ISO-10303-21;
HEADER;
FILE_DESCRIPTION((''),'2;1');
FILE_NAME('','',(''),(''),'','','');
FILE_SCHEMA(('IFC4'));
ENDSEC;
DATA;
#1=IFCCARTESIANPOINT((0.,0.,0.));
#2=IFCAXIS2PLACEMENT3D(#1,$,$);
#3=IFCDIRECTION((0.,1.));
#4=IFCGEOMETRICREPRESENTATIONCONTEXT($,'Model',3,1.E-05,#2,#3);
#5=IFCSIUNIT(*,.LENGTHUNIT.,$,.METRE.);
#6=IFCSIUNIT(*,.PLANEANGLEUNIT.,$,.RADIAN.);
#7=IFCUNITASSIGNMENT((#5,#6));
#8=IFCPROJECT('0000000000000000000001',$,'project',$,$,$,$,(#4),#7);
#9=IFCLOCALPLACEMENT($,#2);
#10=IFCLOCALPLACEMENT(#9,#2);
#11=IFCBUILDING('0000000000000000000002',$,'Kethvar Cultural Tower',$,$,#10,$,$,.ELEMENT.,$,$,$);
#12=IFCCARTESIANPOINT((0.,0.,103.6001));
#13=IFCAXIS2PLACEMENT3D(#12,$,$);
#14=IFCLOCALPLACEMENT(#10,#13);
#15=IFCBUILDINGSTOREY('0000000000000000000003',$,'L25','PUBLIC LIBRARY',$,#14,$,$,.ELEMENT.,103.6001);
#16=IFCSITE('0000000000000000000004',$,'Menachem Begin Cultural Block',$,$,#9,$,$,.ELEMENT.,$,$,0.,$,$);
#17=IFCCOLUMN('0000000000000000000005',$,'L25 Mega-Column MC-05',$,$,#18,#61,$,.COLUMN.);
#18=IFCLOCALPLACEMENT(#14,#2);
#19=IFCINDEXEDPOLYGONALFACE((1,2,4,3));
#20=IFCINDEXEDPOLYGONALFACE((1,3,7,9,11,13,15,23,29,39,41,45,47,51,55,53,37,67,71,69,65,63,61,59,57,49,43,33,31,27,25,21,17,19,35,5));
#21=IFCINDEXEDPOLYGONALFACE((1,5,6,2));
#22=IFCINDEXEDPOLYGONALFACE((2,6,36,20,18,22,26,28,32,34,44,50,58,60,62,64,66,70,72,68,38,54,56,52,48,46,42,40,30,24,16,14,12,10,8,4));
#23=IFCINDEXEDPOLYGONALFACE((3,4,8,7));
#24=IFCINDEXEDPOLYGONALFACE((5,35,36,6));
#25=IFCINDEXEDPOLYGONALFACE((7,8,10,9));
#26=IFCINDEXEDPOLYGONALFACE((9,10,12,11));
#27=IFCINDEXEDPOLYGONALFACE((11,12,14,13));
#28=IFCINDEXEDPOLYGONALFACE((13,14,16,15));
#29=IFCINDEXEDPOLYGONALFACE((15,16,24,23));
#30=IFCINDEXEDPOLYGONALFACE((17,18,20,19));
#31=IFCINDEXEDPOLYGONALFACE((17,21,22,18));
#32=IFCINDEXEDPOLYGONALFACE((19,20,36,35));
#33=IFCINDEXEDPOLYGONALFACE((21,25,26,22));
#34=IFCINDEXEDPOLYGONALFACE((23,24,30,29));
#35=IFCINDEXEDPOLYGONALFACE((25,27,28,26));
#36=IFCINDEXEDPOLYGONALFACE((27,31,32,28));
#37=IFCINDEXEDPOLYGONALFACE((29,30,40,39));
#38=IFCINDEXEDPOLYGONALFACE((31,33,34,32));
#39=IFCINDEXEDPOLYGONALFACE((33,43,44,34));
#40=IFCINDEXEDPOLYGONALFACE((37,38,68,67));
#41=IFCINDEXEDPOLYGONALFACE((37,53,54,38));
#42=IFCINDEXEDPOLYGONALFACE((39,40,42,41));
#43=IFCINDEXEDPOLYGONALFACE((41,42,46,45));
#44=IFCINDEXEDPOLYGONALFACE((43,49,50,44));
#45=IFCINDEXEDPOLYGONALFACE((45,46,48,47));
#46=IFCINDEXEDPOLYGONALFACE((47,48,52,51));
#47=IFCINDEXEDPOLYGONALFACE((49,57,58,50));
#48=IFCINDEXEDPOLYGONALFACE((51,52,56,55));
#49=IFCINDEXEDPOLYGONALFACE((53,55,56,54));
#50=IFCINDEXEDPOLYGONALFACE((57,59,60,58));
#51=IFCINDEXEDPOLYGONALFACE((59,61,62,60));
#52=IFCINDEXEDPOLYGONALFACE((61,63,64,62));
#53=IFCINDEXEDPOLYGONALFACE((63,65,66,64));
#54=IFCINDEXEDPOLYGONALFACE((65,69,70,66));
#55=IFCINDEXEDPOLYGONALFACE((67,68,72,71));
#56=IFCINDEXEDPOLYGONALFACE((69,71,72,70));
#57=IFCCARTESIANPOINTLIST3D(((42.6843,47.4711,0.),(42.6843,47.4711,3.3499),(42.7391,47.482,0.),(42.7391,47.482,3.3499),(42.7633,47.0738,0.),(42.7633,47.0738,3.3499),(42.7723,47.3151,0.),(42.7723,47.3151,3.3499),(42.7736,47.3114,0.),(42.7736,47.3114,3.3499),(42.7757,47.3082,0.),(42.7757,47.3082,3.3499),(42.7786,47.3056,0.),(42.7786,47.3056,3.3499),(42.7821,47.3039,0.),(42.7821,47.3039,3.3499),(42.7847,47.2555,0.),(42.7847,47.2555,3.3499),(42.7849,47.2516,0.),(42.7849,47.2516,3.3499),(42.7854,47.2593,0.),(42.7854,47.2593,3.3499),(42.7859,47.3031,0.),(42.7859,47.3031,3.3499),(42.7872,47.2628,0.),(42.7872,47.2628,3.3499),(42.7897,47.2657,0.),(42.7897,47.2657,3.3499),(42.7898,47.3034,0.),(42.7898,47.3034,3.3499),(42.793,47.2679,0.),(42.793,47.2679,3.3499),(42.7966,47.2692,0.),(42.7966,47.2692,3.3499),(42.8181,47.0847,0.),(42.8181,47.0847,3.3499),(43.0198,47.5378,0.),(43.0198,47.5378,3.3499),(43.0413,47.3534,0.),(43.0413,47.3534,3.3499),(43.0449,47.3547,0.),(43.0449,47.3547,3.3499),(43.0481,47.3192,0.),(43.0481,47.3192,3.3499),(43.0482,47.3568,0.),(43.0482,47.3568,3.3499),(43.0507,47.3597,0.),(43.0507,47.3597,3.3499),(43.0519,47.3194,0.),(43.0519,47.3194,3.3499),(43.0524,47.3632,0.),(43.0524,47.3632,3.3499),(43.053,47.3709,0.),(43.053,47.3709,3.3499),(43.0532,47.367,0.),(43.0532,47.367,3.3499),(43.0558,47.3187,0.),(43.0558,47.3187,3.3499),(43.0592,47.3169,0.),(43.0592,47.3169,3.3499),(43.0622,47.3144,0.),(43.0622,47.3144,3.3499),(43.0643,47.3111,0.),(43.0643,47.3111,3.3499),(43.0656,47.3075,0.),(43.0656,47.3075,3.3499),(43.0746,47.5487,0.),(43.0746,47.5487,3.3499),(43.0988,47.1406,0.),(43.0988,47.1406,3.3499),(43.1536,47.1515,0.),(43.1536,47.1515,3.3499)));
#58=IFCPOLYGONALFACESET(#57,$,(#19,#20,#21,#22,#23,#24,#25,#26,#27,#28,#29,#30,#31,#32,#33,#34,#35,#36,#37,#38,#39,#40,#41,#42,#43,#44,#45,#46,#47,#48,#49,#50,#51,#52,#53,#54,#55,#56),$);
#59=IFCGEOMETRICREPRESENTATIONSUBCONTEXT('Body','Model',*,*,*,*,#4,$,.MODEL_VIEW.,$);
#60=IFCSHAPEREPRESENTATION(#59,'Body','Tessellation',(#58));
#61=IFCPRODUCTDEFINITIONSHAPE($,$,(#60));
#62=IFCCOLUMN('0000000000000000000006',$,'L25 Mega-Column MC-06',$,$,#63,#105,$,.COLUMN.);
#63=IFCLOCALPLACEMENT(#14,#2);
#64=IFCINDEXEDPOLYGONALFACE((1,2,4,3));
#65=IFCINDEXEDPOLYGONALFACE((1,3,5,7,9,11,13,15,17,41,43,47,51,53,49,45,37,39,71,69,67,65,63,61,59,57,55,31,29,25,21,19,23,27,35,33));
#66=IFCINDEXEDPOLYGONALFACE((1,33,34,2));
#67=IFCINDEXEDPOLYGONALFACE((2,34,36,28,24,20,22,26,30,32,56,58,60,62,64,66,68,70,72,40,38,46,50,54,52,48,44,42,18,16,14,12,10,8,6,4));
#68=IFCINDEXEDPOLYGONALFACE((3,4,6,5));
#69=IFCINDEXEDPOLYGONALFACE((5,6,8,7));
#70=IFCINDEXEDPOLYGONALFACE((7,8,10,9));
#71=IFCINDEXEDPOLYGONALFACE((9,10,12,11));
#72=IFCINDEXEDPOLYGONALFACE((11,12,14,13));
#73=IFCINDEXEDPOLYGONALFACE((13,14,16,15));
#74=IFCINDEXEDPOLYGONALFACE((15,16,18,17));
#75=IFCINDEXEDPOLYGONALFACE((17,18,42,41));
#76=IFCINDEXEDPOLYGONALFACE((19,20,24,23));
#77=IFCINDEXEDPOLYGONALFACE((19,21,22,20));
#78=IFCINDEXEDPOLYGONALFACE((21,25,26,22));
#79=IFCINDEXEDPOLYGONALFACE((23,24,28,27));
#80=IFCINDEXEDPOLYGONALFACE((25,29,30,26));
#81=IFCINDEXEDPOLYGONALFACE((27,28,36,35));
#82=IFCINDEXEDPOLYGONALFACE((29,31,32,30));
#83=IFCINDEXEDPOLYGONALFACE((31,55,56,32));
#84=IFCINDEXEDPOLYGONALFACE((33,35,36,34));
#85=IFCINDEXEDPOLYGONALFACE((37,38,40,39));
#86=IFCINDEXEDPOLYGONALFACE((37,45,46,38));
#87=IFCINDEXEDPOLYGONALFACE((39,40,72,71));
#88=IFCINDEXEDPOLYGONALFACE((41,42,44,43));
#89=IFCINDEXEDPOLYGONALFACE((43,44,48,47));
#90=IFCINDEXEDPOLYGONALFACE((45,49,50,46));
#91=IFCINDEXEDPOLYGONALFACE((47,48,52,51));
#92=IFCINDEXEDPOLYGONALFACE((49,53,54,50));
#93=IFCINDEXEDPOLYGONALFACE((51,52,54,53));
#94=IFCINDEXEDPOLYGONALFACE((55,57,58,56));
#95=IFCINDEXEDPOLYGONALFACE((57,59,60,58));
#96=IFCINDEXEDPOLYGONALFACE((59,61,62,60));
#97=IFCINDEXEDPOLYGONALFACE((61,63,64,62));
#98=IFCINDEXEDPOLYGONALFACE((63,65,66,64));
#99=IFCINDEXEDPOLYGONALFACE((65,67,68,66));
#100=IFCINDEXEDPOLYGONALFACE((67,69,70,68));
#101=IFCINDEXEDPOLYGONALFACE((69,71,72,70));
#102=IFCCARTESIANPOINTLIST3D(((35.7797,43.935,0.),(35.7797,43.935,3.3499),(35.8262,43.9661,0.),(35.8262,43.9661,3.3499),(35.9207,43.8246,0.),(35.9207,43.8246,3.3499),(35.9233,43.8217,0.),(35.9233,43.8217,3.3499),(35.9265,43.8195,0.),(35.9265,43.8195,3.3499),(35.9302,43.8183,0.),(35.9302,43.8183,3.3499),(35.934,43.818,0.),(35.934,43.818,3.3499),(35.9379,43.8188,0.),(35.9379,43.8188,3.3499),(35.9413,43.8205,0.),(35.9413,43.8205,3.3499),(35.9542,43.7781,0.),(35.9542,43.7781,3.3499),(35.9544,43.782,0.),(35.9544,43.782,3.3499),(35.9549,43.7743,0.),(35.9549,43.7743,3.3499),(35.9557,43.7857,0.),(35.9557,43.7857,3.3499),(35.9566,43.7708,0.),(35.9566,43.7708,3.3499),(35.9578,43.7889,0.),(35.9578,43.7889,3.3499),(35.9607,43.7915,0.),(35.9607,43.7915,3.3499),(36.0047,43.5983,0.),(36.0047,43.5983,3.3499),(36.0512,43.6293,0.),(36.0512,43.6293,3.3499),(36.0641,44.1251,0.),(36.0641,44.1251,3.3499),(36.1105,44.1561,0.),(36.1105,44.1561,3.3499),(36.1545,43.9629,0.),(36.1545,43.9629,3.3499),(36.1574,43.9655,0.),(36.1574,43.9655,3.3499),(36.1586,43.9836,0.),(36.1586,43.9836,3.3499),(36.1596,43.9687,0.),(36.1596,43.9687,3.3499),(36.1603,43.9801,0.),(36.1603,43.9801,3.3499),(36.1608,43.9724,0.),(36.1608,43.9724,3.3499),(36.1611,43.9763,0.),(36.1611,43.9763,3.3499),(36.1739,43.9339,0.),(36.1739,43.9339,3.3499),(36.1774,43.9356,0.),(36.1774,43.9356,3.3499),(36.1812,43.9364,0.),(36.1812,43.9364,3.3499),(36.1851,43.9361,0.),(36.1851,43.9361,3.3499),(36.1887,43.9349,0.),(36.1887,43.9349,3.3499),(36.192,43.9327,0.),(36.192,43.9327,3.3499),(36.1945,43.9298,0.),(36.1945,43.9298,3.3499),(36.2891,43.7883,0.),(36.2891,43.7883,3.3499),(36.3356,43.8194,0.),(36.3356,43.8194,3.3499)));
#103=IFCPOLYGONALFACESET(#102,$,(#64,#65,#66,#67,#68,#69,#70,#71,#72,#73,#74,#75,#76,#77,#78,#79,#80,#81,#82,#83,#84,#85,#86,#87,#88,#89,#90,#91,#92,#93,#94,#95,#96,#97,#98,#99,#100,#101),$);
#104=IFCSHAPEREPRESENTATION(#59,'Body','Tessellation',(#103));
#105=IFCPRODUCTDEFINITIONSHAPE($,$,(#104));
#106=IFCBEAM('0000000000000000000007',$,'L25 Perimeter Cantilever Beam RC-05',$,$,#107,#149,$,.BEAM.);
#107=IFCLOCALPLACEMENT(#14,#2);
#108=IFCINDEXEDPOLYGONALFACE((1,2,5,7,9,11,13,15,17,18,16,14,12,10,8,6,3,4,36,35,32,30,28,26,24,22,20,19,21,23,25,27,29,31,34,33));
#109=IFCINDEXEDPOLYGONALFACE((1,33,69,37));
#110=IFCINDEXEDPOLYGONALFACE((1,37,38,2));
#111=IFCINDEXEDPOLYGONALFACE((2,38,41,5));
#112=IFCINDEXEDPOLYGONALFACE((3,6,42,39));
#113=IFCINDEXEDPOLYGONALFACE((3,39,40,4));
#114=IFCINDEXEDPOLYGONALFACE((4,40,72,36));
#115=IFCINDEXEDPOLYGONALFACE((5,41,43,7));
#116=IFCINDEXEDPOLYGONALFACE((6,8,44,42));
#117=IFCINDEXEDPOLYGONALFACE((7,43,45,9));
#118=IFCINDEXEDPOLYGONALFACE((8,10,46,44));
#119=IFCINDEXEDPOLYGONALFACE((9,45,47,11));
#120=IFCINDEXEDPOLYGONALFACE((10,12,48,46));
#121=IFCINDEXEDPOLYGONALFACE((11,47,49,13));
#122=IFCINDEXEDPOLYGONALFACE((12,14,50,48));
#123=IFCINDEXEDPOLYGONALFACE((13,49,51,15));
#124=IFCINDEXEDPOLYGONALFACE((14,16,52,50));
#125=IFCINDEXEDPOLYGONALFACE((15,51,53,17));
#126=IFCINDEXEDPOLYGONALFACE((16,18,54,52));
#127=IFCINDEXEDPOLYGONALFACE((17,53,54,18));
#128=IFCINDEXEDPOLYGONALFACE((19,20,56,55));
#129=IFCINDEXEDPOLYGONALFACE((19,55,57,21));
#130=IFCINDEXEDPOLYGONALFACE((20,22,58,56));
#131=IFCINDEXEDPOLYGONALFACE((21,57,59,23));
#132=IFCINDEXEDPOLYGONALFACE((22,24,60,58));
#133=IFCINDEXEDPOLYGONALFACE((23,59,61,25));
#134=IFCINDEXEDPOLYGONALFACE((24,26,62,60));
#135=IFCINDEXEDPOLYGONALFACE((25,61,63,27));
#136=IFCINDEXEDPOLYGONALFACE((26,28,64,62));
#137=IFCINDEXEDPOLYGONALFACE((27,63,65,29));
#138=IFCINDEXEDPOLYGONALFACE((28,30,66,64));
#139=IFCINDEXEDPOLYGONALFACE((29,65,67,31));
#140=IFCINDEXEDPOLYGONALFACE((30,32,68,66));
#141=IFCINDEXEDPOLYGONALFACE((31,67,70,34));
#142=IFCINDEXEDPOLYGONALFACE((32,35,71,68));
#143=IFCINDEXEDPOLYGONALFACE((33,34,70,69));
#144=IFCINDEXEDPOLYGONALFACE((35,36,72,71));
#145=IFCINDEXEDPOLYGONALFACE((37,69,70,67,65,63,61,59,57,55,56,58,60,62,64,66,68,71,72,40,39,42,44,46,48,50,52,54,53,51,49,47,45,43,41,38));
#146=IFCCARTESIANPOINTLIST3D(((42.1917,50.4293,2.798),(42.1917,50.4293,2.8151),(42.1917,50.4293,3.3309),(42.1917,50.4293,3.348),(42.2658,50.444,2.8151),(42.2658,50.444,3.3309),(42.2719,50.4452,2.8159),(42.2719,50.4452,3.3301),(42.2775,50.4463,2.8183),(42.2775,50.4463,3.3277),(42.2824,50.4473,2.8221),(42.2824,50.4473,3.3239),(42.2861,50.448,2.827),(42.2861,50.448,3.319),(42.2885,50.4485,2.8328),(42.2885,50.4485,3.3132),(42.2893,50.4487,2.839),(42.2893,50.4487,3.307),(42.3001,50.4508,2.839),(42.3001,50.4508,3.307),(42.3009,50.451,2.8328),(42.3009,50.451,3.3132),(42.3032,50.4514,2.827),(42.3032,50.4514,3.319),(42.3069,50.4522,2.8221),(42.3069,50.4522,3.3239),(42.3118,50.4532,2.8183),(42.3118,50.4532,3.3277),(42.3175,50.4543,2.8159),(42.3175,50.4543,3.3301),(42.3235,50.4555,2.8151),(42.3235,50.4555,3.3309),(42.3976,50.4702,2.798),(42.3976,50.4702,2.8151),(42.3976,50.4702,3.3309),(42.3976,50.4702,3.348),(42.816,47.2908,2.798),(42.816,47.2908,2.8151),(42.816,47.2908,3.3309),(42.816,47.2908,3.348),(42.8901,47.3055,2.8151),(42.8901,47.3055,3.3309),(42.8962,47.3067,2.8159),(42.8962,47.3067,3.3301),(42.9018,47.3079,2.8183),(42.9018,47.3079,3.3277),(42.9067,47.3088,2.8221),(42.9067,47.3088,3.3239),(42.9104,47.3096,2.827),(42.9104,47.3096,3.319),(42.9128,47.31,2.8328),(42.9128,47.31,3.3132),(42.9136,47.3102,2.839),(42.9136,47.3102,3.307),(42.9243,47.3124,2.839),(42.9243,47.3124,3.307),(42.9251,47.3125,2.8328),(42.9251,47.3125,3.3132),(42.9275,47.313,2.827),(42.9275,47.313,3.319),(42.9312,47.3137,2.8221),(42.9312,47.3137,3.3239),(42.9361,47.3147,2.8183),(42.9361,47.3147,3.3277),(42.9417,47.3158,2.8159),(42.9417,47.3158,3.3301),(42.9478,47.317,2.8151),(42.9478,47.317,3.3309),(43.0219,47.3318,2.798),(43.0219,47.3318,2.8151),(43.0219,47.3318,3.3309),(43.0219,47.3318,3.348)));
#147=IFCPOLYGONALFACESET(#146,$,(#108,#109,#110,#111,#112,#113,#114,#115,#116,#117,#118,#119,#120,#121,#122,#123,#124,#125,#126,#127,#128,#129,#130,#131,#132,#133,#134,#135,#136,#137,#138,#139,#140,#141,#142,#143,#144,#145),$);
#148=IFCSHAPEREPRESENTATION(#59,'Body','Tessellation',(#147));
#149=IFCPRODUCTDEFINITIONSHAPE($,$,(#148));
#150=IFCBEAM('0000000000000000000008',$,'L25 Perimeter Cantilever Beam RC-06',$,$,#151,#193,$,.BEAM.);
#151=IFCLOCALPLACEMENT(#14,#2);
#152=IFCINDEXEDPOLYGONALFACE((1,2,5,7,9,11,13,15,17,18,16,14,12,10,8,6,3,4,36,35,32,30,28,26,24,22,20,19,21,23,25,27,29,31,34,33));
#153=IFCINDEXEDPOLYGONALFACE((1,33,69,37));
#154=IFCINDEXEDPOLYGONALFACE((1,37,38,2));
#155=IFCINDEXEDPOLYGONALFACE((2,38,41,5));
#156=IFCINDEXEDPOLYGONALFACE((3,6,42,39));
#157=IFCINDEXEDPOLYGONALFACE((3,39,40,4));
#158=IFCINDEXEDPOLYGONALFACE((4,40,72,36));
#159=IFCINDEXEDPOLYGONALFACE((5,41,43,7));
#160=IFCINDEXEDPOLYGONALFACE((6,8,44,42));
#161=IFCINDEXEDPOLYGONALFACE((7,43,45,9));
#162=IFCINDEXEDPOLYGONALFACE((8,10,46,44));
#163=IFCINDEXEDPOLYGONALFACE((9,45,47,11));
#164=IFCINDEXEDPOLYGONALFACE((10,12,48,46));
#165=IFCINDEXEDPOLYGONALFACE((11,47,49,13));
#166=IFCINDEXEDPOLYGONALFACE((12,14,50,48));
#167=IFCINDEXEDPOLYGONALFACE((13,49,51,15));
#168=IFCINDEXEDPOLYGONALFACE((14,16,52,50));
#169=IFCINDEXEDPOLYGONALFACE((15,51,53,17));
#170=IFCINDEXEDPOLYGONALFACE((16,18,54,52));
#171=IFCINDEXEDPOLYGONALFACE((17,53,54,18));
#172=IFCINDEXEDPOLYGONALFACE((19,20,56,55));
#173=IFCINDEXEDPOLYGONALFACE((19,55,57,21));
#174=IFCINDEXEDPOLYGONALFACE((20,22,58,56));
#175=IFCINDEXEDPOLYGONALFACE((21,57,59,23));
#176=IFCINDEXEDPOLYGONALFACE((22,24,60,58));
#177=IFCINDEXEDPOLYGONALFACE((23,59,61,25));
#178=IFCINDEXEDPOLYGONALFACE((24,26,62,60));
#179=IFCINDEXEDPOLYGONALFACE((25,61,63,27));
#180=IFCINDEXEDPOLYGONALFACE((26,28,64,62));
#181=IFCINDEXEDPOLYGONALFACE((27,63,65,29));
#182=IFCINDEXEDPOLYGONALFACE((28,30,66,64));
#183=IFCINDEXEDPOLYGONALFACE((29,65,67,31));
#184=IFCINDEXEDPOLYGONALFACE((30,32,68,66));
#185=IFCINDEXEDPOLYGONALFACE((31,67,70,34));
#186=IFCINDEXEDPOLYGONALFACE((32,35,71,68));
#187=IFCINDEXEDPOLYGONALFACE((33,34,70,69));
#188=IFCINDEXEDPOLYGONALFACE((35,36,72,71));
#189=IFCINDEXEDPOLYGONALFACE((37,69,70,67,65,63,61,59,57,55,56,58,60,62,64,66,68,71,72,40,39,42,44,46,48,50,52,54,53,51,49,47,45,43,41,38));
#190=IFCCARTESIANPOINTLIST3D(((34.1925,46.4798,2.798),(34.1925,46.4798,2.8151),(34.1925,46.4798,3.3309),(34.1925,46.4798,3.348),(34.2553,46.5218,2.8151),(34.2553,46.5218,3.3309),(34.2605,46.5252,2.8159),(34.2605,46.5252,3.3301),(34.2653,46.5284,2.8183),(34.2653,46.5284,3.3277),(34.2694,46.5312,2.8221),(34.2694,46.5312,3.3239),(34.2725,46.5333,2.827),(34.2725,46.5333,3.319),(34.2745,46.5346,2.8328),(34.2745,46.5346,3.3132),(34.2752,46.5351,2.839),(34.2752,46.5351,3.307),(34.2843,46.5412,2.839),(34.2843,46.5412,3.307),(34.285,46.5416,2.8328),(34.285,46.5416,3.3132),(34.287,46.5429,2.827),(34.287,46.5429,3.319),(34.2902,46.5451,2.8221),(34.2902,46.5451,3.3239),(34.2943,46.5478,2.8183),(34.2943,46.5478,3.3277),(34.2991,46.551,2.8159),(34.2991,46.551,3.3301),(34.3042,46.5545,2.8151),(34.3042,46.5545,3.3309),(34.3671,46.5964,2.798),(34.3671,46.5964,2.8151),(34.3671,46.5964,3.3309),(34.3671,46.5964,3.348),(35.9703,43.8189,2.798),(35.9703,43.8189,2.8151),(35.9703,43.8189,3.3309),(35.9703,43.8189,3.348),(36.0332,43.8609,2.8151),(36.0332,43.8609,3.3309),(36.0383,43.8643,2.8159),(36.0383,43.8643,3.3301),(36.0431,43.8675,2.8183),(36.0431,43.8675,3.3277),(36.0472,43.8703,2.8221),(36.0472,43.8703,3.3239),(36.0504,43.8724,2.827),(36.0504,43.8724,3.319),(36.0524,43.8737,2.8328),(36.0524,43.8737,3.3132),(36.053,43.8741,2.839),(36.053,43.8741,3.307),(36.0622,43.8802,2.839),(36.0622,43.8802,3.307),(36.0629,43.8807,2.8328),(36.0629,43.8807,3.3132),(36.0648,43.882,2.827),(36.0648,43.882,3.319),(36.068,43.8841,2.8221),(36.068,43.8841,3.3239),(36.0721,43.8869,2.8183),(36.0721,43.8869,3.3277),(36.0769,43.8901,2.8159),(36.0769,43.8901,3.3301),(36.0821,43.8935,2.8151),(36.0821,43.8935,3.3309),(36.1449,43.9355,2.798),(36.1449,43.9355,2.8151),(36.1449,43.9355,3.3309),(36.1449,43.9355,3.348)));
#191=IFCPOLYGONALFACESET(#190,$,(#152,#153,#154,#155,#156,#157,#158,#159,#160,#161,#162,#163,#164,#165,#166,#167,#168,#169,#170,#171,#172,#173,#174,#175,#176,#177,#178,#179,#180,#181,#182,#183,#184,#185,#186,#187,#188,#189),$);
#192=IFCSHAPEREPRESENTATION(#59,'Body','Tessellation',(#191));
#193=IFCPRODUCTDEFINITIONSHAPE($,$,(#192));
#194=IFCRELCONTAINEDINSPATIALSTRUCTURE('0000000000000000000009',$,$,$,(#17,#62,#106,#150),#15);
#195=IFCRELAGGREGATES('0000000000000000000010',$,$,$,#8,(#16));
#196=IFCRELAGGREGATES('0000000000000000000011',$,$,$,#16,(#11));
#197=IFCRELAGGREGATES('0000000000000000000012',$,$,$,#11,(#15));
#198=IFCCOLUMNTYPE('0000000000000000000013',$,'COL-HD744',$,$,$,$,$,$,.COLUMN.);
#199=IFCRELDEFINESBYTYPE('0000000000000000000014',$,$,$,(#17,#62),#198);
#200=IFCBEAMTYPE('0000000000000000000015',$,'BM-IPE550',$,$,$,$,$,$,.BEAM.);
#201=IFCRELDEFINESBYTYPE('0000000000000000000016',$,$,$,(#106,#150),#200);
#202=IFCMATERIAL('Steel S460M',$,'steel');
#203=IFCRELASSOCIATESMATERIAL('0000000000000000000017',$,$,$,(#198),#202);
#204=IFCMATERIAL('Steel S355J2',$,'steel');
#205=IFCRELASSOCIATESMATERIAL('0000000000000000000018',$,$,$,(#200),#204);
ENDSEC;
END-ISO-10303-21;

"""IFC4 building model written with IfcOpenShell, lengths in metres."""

from ifc_helpers import new_model, si_unit, direction, frame, origin, origin_2d, place, context, subcontext, project, spatial, i_section, extrude, source, transform, mapped, material, material_profile, profile_set, type_object, element, save


model = new_model("IFC4")

# Units and contexts
model_context = context("Model", 3, precision=1e-05, world=origin(), true_north=direction((0.0, 1.0)))
body_context = subcontext(model_context, "Body", "Model", "MODEL_VIEW")
ifc_project = project(units=[si_unit("LENGTHUNIT", "METRE"), si_unit("PLANEANGLEUNIT", "RADIAN")], contexts=[model_context])

# Site, building, storey
site_placement = place(None, origin())
site = spatial("IfcSite", under=ifc_project, at=site_placement, Name="Menachem Begin Cultural Block", CompositionType="ELEMENT", RefElevation=0.0)
building_placement = place(site_placement, origin())
building = spatial("IfcBuilding", under=site, at=building_placement, Name="Kethvar Cultural Tower", CompositionType="ELEMENT")
storey_placement = place(building_placement, frame((0.0, 0.0, 103.6001)))
storey = spatial("IfcBuildingStorey", under=building, at=storey_placement, Name="L25", Description="PUBLIC LIBRARY", CompositionType="ELEMENT", Elevation=103.6001)

# Columns
ifc_material_1 = material(Name="Steel S460M", Category="steel")
ifc_material_profile_1 = material_profile(ifc_material_1, i_section(OverallWidth=0.405, OverallDepth=0.3979, WebThickness=0.0349, FlangeThickness=0.0559, FilletRadius=0.0149, at=origin_2d()), Name="Steel S460M — HD400x744")
ifc_profile_set_1 = profile_set([ifc_material_profile_1], Name="Steel S460M — HD400x744")
column_type = type_object("IfcColumnType", Name="COL-HD744", PredefinedType="COLUMN", material=ifc_profile_set_1)
shared_shape_1 = source(origin(), body_context, "Body", "SweptSolid", [
    extrude(i_section(OverallWidth=0.405, OverallDepth=0.3979, WebThickness=0.0349, FlangeThickness=0.0559, FilletRadius=0.0149, at=origin_2d()), origin(), (0.0, 0.0, 1.0), 3.3499),
])
for number, where, z_axis, x_axis, name in (
    (1, (42.9189, 47.3113, 0.0), (0.0, 0.0, 1.0), (-0.19509, 0.980785, 0.0), "L25 Mega-Column MC-05"),
    (2, (36.0576, 43.8772, 0.0), (0.0, 0.0, 1.0), (-0.55557, 0.83147, 0.0), "L25 Mega-Column MC-06"),
):
    element("IfcColumn", number, at=place(storey_placement, frame(where, z_axis=z_axis, x_axis=x_axis)), inside=storey, type_object=column_type, Name=name, PredefinedType="COLUMN", context=body_context, shape_type="MappedRepresentation", body=[
        mapped(shared_shape_1, transform((0.0, 0.0, 0.0), scale=1.0)),
    ])

# Beams
ifc_material_2 = material(Name="Steel S355J2", Category="steel")
ifc_material_profile_2 = material_profile(ifc_material_2, i_section(OverallWidth=0.21, OverallDepth=0.55, WebThickness=0.011, FlangeThickness=0.0171, FilletRadius=0.0239, at=origin_2d()), Name="Steel S355J2 — IPE550")
ifc_profile_set_2 = profile_set([ifc_material_profile_2], Name="Steel S355J2 — IPE550")
beam_type_1 = type_object("IfcBeamType", Name="BM-IPE550", PredefinedType="BEAM", material=ifc_profile_set_2)
shared_shape_2 = source(origin(), body_context, "Body", "SweptSolid", [
    extrude(i_section(OverallWidth=0.21, OverallDepth=0.55, WebThickness=0.011, FlangeThickness=0.0171, FilletRadius=0.0239, at=origin_2d()), origin(), (0.0, 0.0, 1.0), 3.2),
])
beam_1_placement = place(storey_placement, frame((42.9189, 47.3113, 3.073), z_axis=(-0.195089, 0.980786, 0.0), x_axis=(-0.980786, -0.195089, 0.0)))
element("IfcBeam", 3, at=beam_1_placement, inside=storey, type_object=beam_type_1, Name="L25 Perimeter Cantilever Beam RC-05", PredefinedType="BEAM", context=body_context, shape_type="MappedRepresentation", body=[
    mapped(shared_shape_2, transform((0.0, 0.0, 0.0), scale=1.0)),
])
shared_shape_3 = source(origin(), body_context, "Body", "SweptSolid", [
    extrude(i_section(OverallWidth=0.21, OverallDepth=0.55, WebThickness=0.011, FlangeThickness=0.0171, FilletRadius=0.0239, at=origin_2d()), origin(), (0.0, 0.0, 1.0), 3.2002),
])
beam_2_placement = place(storey_placement, frame((36.0576, 43.8772, 3.073), z_axis=(-0.555545, 0.831486, 0.0), x_axis=(-0.831486, -0.555545, 0.0)))
element("IfcBeam", 4, at=beam_2_placement, inside=storey, type_object=beam_type_1, Name="L25 Perimeter Cantilever Beam RC-06", PredefinedType="BEAM", context=body_context, shape_type="MappedRepresentation", body=[
    mapped(shared_shape_3, transform((0.0, 0.0, 0.0), scale=1.0)),
])

save(model, "model.ifc")
